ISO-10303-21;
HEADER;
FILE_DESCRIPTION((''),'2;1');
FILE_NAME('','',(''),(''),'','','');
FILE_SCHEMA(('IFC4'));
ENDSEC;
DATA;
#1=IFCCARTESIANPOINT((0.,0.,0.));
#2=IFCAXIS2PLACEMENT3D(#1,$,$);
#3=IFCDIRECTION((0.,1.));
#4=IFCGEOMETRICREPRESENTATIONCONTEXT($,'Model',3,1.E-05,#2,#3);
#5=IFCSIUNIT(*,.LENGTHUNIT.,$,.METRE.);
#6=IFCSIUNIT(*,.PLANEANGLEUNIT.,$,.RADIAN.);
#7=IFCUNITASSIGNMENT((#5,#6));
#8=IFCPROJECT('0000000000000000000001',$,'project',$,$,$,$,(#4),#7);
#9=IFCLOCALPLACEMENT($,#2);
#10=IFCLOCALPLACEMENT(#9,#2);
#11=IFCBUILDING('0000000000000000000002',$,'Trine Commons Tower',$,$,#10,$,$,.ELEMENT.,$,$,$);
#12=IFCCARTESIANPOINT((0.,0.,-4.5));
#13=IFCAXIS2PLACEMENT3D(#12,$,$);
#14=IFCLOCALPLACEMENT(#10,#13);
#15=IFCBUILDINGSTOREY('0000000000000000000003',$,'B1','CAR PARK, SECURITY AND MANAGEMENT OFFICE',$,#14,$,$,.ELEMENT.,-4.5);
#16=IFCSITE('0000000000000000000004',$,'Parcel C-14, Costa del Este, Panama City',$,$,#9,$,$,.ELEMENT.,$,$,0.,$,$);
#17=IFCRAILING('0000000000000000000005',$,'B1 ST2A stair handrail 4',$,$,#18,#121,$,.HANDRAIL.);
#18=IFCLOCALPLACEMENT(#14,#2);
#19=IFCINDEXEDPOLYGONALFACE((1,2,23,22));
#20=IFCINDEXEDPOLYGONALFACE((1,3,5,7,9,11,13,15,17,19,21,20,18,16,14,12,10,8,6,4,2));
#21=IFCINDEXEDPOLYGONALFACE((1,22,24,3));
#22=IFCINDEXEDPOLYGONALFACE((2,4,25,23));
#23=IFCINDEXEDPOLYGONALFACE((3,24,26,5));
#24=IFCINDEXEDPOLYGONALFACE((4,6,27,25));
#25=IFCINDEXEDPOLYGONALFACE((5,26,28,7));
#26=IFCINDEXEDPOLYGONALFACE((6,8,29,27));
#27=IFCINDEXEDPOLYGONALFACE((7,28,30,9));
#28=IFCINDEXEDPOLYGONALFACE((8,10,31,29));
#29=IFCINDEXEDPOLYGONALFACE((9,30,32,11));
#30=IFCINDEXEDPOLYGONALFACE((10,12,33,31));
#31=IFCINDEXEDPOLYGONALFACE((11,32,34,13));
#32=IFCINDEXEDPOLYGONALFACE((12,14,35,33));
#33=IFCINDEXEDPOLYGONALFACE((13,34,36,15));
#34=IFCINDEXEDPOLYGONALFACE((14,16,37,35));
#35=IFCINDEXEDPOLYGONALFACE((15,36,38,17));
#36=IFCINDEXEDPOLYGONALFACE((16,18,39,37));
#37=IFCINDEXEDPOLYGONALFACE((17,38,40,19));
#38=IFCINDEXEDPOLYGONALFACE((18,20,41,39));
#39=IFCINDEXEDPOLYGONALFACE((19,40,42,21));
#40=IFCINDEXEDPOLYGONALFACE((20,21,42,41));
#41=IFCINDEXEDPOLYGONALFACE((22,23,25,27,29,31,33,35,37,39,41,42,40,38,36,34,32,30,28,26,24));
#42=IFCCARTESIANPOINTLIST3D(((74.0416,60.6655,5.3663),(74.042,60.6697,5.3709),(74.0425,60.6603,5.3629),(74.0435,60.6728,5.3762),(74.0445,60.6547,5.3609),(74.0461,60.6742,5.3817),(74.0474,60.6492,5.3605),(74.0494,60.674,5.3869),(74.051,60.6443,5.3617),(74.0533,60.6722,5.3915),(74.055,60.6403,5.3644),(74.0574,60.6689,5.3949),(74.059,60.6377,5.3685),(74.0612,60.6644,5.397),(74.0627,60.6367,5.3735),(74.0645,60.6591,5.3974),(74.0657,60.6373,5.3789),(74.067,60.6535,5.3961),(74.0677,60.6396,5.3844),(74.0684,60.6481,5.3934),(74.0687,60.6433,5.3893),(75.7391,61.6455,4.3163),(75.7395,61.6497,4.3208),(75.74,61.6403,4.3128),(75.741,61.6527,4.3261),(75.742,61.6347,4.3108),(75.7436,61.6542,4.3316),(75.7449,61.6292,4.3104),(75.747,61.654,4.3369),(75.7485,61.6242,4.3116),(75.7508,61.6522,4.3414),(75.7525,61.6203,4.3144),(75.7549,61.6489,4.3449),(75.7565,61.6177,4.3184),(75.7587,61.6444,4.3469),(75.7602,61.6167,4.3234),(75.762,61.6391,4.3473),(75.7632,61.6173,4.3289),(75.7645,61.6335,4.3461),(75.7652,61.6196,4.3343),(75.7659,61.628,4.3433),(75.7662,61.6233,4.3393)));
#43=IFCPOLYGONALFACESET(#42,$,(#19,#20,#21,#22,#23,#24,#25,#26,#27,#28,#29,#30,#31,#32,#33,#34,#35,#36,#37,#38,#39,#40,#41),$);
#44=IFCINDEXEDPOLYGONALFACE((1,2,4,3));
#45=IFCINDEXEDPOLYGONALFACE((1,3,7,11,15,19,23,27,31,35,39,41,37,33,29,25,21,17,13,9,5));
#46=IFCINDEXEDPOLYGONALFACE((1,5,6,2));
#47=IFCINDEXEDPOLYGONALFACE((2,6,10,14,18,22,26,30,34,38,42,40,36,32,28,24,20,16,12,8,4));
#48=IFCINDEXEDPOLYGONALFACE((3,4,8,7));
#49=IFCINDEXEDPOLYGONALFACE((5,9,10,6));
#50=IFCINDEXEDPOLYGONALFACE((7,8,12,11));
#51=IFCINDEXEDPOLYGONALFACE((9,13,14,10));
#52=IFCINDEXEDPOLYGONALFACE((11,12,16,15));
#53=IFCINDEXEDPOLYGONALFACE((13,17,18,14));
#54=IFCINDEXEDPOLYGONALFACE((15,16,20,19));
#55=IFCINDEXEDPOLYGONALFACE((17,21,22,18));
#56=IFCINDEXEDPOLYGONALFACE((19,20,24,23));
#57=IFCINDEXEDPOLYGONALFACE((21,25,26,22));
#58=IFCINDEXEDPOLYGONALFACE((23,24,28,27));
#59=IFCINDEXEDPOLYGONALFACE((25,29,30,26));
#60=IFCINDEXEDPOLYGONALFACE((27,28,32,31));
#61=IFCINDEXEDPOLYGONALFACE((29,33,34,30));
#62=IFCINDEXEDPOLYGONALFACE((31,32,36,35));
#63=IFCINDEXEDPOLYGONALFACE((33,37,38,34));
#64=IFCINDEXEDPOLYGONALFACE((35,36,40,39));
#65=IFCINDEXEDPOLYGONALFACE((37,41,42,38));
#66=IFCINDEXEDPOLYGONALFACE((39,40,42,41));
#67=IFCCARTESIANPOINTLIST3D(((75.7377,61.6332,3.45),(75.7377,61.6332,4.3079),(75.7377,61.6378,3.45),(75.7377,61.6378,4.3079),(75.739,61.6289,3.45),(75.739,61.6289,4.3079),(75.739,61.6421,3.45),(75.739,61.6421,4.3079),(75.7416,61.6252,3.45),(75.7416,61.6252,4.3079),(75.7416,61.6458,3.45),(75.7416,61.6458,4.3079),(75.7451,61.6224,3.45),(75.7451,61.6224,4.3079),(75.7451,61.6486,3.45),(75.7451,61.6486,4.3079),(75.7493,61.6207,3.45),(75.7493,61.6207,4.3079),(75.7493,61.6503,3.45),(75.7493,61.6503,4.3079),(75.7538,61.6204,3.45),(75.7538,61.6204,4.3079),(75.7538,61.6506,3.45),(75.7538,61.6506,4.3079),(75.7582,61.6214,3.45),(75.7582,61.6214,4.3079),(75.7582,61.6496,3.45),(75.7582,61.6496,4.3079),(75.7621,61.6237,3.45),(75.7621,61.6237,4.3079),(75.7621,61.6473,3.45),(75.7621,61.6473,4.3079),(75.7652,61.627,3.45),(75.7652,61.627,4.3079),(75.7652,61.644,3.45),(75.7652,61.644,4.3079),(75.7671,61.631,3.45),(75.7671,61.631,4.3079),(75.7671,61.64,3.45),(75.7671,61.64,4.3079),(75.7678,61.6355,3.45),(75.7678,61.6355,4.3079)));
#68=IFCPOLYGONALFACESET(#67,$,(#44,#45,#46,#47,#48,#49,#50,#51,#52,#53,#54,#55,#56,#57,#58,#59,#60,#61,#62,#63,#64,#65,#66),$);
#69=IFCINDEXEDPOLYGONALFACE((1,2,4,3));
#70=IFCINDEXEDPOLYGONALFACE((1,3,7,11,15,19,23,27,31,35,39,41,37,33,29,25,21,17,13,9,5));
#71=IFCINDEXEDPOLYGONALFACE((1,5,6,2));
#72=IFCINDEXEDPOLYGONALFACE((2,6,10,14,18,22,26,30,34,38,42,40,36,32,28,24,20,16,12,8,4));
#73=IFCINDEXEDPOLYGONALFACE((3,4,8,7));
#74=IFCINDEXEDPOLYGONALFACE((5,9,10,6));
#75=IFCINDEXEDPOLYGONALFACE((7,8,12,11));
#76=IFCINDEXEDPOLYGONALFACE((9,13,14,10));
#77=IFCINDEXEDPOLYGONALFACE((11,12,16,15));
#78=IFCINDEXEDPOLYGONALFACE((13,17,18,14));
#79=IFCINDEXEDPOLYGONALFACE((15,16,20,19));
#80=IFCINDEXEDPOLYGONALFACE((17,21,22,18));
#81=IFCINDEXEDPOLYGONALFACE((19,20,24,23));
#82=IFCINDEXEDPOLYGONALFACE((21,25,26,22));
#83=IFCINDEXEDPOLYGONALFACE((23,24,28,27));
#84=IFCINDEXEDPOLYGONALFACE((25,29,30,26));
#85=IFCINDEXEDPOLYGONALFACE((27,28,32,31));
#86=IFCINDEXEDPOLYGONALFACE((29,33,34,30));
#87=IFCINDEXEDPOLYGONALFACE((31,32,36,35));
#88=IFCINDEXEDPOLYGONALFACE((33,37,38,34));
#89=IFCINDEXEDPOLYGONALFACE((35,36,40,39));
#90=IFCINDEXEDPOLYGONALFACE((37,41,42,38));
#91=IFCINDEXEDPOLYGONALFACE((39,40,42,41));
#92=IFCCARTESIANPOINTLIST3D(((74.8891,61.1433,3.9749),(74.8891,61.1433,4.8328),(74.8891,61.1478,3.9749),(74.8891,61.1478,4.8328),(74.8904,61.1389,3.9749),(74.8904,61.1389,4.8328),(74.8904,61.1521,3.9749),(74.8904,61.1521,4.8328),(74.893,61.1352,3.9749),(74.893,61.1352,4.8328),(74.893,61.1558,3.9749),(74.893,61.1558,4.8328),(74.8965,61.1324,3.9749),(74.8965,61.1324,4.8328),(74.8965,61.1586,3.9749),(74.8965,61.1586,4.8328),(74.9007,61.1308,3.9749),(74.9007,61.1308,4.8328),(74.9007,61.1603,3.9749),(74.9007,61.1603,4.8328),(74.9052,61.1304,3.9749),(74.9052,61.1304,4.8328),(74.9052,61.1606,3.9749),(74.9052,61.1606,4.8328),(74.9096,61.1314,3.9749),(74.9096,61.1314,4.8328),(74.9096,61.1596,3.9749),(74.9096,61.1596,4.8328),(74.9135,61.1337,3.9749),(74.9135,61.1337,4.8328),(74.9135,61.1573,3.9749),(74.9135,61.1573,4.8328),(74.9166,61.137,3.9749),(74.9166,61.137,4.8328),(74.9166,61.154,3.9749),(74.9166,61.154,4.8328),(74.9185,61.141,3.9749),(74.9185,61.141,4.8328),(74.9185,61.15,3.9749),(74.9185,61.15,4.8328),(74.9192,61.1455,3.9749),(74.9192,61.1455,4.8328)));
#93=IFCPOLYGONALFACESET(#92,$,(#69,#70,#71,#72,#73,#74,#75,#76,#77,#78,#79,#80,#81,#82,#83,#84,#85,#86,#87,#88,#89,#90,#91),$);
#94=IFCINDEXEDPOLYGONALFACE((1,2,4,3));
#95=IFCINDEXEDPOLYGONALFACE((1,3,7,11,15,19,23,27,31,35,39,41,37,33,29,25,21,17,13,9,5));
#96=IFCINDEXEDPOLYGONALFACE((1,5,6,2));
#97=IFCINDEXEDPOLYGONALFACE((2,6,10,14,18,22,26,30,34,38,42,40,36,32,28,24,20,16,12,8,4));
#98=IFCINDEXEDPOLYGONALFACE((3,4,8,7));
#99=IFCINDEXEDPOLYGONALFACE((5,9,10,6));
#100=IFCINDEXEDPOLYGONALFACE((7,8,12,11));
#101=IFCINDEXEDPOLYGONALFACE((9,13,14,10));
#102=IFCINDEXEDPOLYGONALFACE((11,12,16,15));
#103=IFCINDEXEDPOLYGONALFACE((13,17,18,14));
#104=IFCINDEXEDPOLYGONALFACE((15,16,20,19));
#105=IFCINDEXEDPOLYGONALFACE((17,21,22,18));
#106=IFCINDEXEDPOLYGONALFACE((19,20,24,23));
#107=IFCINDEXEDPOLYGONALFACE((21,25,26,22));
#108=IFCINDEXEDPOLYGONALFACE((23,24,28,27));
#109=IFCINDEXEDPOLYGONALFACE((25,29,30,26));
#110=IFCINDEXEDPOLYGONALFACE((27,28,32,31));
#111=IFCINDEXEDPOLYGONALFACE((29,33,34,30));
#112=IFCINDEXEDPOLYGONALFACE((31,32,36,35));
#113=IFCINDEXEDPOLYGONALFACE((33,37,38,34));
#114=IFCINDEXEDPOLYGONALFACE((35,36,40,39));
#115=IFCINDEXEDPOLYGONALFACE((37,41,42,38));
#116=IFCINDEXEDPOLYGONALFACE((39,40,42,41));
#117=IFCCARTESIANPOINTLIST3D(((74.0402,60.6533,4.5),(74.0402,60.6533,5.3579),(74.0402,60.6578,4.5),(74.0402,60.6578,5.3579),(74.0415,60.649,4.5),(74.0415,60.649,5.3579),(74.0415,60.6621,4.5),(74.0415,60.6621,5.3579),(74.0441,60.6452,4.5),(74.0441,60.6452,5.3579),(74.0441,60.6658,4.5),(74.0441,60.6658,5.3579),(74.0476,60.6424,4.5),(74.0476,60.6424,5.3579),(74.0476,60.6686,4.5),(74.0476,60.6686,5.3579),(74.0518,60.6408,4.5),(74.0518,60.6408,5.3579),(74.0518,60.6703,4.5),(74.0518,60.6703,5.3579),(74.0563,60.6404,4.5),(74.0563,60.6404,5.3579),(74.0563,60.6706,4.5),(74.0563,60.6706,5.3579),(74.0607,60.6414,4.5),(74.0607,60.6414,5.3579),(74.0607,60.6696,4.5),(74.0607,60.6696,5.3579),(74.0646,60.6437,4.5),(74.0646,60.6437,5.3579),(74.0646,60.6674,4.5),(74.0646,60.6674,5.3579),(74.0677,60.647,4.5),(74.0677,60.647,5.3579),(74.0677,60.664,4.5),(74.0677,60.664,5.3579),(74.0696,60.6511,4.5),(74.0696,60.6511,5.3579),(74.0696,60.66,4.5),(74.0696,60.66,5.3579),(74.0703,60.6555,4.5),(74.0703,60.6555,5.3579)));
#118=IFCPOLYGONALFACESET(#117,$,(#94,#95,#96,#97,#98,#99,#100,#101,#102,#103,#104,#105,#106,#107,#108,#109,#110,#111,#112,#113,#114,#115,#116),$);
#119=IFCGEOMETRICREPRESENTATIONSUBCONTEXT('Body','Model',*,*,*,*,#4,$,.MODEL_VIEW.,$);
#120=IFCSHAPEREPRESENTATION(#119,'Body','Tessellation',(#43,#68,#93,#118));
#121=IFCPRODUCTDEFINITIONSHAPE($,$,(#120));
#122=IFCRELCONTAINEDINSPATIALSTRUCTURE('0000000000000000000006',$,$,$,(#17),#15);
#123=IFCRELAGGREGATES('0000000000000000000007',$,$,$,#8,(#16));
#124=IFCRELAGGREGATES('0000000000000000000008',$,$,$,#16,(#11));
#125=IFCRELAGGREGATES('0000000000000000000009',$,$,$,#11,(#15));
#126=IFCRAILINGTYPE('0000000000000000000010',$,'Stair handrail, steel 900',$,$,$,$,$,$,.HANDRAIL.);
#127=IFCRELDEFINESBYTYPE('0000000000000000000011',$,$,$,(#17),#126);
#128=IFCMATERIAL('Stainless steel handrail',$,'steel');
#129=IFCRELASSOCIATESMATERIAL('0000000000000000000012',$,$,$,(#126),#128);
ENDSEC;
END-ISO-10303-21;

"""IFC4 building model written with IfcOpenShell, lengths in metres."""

from ifc_helpers import new_model, si_unit, direction, frame, origin, origin_2d, place, context, subcontext, project, spatial, circle, extrude, material, type_object, element, save


model = new_model("IFC4")

# Units and contexts
model_context = context("Model", 3, precision=1e-05, world=origin(), true_north=direction((0.0, 1.0)))
body_context = subcontext(model_context, "Body", "Model", "MODEL_VIEW")
ifc_project = project(units=[si_unit("LENGTHUNIT", "METRE"), si_unit("PLANEANGLEUNIT", "RADIAN")], contexts=[model_context])

# Site, building, storey
site_placement = place(None, origin())
site = spatial("IfcSite", under=ifc_project, at=site_placement, Name="Parcel C-14, Costa del Este, Panama City", CompositionType="ELEMENT", RefElevation=0.0)
building_placement = place(site_placement, origin())
building = spatial("IfcBuilding", under=site, at=building_placement, Name="Trine Commons Tower", CompositionType="ELEMENT")
storey_placement = place(building_placement, frame((0.0, 0.0, -4.5)))
storey = spatial("IfcBuildingStorey", under=building, at=storey_placement, Name="B1", Description="CAR PARK, SECURITY AND MANAGEMENT OFFICE", CompositionType="ELEMENT", Elevation=-4.5)

# Railing
ifc_material_1 = material(Name="Stainless steel handrail", Category="steel")
railing_type_1 = type_object("IfcRailingType", Name="Stair handrail, steel 900", PredefinedType="HANDRAIL", material=ifc_material_1)
railing_1_placement = place(storey_placement, frame((75.7527, 61.6355, 3.45)))
element("IfcRailing", 1, at=railing_1_placement, inside=storey, type_object=railing_type_1, Name="B1 ST2A stair handrail 4", PredefinedType="HANDRAIL", context=body_context, shape_type="SweptSolid", body=[
    extrude(circle(Radius=0.021, at=origin_2d()), frame((0.0, 0.0, 0.8789), z_axis=(-0.763398, -0.440713, 0.472224), x_axis=(0.49997, -0.866042, 0.0)), (0.0, 0.0, 1.0), 2.2236),
    extrude(circle(Radius=0.0151, at=origin_2d()), origin(), (0.0, 0.0, 1.0), 0.8579),
    extrude(circle(Radius=0.0151, at=origin_2d()), frame((-0.8486, -0.49, 0.5249)), (0.0, 0.0, 1.0), 0.8579),
    extrude(circle(Radius=0.0151, at=origin_2d()), frame((-1.6975, -0.98, 1.05)), (0.0, 0.0, 1.0), 0.8579),
])

save(model, "model.ifc")
